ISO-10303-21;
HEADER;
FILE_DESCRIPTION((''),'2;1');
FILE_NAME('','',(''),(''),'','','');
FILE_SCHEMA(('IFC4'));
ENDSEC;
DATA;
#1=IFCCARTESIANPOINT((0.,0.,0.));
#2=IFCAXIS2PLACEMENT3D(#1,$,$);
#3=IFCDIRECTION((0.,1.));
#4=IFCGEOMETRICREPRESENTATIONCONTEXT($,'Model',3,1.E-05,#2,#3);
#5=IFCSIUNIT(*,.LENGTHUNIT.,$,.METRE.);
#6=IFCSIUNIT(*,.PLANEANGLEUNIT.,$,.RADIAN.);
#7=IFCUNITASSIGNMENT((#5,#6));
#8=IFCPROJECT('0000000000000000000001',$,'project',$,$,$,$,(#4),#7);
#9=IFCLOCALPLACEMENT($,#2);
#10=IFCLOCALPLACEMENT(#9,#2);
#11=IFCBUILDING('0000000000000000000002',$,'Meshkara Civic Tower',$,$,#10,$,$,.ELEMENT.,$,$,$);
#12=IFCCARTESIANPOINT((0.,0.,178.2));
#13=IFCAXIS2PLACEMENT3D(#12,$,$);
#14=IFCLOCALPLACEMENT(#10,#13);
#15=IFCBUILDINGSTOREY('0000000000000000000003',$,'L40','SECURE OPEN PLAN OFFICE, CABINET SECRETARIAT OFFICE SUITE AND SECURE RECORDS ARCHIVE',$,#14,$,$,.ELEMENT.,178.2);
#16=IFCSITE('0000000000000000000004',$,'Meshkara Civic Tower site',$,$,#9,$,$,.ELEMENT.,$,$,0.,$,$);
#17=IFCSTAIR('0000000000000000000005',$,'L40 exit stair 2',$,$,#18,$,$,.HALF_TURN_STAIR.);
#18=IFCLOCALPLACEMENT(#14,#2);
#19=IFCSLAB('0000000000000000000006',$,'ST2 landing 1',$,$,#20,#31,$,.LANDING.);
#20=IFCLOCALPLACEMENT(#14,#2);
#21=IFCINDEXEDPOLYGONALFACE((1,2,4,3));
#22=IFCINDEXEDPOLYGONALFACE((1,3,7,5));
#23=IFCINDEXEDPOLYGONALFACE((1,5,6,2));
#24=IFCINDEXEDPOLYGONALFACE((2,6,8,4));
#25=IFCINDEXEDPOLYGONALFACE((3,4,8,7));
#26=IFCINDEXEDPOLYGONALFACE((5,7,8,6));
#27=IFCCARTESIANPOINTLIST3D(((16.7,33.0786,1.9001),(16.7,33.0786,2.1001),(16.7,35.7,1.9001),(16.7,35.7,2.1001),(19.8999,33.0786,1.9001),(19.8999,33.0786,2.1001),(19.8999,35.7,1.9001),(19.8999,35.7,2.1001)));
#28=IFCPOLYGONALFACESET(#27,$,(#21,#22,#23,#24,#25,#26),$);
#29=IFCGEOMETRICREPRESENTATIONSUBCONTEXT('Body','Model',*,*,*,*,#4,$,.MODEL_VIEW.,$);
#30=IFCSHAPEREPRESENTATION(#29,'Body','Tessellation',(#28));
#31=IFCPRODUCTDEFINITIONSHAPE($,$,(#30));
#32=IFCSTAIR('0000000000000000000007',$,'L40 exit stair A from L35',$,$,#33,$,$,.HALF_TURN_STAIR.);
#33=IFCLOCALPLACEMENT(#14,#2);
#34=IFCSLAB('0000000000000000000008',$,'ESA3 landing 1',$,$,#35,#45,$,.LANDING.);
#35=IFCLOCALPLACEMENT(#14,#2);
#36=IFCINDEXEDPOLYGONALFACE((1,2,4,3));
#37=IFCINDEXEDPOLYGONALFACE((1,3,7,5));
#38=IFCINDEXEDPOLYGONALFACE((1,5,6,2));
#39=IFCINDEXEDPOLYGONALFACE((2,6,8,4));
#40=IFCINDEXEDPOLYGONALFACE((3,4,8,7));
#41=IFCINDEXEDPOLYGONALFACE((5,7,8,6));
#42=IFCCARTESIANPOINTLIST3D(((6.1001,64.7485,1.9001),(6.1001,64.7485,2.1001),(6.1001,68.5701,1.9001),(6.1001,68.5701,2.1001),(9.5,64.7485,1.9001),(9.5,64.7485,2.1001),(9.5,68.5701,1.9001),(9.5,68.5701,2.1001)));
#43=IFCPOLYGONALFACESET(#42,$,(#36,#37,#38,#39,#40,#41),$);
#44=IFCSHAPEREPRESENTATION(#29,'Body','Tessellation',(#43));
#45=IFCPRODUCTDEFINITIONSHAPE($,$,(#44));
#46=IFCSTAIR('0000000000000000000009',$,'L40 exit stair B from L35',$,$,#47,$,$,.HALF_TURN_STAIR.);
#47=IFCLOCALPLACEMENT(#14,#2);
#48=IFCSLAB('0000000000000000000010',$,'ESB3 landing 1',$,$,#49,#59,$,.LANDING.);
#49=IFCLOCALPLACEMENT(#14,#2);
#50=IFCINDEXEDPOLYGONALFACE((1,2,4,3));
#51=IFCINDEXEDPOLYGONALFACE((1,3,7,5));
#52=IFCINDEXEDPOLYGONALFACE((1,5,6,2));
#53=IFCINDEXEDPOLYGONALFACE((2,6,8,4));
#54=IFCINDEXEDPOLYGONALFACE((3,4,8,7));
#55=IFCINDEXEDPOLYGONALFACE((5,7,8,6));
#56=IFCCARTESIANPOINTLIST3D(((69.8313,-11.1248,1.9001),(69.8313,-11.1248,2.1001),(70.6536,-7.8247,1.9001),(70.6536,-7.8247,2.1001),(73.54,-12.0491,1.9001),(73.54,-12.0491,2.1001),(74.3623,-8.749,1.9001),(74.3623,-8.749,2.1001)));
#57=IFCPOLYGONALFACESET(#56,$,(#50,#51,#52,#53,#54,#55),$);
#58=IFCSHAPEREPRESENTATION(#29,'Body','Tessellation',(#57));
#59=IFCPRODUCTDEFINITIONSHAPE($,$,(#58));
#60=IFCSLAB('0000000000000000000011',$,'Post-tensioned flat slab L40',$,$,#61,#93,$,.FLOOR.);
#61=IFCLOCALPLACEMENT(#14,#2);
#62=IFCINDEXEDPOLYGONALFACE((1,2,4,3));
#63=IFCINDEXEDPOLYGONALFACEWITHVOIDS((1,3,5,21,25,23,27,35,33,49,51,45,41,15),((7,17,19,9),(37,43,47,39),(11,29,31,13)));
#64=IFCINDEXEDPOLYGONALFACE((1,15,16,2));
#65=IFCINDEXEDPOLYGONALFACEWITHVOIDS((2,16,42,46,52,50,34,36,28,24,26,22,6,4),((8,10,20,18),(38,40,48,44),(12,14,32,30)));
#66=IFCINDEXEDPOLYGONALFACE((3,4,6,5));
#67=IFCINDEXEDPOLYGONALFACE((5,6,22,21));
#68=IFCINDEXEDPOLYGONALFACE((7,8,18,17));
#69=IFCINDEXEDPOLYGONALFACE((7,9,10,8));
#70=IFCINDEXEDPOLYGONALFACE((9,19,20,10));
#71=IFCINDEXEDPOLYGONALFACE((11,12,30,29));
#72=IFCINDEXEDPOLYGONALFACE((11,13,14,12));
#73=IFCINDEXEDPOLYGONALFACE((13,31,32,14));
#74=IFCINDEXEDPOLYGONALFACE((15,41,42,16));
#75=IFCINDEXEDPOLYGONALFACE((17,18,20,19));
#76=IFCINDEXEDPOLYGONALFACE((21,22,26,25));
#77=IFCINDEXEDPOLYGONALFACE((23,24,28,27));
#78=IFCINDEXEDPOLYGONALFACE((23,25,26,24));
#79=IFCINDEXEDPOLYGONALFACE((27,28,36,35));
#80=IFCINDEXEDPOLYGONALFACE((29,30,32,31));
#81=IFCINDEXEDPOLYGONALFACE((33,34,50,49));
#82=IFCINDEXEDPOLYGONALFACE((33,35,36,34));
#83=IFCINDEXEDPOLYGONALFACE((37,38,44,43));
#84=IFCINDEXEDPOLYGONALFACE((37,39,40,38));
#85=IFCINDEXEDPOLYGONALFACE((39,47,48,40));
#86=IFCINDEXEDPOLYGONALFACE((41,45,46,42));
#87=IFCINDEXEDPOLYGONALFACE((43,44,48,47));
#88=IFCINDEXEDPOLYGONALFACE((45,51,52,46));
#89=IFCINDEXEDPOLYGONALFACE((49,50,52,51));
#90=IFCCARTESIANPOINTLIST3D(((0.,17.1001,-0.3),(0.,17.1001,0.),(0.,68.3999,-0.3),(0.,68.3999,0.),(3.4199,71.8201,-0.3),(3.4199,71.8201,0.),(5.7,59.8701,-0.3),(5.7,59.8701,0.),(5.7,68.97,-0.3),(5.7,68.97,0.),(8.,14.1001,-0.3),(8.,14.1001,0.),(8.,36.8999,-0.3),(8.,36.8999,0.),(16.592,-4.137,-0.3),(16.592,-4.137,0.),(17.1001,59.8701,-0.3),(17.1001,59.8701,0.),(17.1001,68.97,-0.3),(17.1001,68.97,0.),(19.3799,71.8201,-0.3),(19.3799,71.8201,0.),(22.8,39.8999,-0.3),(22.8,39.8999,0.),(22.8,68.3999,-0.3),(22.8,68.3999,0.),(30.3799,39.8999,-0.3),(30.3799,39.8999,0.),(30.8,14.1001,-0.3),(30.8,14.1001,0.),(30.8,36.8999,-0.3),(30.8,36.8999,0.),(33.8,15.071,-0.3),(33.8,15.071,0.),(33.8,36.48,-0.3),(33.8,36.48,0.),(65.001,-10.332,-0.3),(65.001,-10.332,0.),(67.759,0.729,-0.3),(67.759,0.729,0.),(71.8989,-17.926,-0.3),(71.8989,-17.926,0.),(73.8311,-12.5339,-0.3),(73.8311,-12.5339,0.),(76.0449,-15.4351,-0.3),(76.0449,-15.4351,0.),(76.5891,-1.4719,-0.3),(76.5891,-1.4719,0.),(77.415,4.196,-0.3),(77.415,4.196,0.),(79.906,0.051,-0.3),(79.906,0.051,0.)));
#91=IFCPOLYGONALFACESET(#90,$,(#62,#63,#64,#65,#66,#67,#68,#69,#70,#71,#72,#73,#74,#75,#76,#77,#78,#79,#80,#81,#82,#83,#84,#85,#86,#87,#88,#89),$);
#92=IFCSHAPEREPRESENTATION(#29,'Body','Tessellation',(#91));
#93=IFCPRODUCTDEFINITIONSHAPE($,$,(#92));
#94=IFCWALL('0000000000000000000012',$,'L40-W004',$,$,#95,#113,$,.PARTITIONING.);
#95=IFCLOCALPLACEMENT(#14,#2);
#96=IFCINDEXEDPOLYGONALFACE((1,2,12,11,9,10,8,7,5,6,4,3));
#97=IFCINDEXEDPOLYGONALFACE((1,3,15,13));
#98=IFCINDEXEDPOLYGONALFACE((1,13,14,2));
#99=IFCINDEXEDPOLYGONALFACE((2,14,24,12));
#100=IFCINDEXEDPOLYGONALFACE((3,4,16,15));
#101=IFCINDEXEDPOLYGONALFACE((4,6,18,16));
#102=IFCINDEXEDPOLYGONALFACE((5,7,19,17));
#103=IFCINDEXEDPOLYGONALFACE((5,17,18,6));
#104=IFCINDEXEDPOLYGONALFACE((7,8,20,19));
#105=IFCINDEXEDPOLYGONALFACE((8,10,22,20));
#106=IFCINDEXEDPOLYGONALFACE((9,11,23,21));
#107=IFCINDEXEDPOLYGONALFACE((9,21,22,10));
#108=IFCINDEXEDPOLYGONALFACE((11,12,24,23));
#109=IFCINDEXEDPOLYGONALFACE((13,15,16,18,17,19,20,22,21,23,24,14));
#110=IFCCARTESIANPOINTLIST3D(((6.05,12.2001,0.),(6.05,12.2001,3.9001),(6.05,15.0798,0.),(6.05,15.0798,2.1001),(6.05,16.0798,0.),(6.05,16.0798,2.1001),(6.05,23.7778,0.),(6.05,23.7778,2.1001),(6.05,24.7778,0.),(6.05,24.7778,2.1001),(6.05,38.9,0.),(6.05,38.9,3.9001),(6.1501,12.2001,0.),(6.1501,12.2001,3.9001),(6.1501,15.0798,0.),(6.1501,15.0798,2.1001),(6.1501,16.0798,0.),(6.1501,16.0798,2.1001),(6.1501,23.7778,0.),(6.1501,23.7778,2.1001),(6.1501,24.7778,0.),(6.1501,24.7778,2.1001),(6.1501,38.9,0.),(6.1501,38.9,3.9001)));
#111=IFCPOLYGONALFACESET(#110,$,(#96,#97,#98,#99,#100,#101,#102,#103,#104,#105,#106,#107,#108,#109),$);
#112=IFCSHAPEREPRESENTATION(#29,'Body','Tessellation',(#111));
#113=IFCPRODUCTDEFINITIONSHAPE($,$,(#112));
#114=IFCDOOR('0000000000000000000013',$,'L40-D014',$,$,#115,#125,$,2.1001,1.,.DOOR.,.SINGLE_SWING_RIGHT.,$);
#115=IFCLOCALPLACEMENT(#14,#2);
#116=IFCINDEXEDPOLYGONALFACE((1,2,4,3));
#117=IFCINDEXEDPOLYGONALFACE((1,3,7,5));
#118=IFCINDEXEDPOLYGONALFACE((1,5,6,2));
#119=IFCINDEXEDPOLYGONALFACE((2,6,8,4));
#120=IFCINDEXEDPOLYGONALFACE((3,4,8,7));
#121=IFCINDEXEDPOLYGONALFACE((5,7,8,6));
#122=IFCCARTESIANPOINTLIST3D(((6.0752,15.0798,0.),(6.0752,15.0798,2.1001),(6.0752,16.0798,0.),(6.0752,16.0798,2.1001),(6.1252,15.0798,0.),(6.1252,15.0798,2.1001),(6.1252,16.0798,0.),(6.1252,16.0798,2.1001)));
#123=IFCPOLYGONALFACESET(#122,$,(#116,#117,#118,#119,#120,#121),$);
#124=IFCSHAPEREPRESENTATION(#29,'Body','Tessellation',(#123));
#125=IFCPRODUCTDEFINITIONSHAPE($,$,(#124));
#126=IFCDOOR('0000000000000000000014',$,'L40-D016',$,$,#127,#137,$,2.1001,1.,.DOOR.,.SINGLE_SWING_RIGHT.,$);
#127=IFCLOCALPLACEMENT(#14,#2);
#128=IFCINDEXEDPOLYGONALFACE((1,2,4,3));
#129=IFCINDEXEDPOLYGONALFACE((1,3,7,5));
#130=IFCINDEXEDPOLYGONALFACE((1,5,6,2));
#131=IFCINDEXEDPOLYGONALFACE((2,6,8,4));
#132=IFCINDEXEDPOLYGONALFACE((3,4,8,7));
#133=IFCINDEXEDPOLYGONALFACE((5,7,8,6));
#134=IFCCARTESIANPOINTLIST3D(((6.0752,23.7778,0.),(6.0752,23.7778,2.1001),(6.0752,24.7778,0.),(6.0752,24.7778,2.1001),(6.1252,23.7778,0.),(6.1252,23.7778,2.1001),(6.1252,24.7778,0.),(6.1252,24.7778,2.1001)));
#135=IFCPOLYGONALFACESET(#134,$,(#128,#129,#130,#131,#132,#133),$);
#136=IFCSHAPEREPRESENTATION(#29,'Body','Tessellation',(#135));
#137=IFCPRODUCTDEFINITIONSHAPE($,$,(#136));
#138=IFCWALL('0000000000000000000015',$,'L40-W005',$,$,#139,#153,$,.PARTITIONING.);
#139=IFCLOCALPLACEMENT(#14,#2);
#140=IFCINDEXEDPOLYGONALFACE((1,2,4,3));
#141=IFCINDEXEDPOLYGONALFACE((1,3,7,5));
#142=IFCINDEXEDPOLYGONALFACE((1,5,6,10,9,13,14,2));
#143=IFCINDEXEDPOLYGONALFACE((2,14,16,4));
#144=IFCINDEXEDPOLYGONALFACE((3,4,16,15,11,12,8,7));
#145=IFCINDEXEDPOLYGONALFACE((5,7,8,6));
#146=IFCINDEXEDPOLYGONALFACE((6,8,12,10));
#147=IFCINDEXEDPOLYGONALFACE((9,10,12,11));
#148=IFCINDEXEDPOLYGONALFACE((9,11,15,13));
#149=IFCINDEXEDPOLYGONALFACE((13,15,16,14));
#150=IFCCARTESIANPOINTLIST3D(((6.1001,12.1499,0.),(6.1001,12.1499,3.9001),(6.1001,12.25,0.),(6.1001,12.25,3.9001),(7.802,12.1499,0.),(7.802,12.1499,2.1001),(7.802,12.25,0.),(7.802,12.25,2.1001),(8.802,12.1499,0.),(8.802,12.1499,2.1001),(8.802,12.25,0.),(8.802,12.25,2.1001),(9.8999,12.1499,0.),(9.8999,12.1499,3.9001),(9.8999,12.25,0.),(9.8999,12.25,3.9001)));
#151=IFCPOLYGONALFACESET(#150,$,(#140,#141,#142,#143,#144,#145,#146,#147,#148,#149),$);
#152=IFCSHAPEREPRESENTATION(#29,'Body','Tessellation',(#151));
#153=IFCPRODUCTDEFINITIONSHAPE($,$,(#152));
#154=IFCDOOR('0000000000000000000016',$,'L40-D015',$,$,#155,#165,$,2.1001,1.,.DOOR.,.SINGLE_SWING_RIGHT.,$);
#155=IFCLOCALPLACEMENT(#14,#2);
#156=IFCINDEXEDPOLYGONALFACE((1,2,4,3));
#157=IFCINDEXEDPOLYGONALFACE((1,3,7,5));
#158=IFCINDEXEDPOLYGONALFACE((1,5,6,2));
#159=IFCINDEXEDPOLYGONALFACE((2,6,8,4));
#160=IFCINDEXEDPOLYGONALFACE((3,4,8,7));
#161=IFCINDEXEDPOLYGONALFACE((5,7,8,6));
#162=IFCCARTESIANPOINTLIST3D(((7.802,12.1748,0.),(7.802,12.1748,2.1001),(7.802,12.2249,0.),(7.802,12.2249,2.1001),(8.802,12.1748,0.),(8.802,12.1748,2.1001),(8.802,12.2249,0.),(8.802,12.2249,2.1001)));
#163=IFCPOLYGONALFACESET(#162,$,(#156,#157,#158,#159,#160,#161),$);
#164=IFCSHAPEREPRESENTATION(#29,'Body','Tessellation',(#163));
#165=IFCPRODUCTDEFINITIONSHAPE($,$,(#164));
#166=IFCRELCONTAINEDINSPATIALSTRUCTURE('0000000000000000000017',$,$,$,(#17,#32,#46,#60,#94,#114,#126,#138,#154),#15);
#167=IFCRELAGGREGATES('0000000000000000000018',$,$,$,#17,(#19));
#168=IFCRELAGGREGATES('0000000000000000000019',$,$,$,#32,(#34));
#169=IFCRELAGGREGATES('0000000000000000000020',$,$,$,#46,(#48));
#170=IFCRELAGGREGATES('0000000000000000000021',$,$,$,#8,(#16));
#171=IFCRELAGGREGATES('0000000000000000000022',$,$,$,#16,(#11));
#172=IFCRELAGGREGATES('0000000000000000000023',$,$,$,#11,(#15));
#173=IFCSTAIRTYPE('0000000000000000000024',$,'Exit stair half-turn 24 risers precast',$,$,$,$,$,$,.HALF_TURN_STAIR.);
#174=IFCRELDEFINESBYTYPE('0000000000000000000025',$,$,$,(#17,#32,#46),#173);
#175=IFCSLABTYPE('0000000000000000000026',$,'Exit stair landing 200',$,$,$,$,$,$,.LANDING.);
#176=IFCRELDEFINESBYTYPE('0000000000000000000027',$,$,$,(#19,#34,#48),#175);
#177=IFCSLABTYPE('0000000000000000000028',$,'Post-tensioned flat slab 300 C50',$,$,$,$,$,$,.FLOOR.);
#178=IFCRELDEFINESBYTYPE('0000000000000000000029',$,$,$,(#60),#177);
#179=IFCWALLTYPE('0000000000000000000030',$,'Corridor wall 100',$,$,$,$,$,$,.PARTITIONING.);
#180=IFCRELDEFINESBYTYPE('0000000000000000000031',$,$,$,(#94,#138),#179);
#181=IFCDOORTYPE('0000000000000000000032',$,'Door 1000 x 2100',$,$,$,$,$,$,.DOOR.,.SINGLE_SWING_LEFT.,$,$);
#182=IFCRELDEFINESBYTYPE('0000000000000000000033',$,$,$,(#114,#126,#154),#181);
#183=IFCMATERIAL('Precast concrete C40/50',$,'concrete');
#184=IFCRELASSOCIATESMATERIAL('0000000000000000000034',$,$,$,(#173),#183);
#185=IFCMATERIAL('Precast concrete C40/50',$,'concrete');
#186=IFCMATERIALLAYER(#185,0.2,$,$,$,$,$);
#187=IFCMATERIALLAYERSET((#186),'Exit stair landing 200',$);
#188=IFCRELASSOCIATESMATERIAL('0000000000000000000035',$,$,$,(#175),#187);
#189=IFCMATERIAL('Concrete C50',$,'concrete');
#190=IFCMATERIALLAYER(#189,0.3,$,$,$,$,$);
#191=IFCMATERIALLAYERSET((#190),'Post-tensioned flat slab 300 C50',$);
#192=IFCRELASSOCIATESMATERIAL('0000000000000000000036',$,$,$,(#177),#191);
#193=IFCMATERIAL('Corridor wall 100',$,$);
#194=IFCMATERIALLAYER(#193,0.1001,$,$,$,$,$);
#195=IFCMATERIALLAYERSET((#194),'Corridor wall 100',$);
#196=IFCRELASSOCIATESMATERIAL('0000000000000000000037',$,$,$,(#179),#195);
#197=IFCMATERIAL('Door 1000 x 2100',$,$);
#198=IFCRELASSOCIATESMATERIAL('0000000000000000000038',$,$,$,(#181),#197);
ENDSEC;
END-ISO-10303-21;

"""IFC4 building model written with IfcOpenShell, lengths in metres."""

from ifc_helpers import new_model, si_unit, direction, frame, frame_2d, origin, place, context, subcontext, project, spatial, polyline, rectangle, outline, extrude, material, layer, layer_set, type_object, element, fill, aggregate, save


model = new_model("IFC4")

# Units and contexts
model_context = context("Model", 3, precision=1e-05, world=origin(), true_north=direction((0.0, 1.0)))
body_context = subcontext(model_context, "Body", "Model", "MODEL_VIEW")
ifc_project = project(units=[si_unit("LENGTHUNIT", "METRE"), si_unit("PLANEANGLEUNIT", "RADIAN")], contexts=[model_context])

# Site, building, storey
site_placement = place(None, origin())
site = spatial("IfcSite", under=ifc_project, at=site_placement, Name="Meshkara Civic Tower site", CompositionType="ELEMENT", RefElevation=0.0)
building_placement = place(site_placement, origin())
building = spatial("IfcBuilding", under=site, at=building_placement, Name="Meshkara Civic Tower", CompositionType="ELEMENT")
storey_placement = place(building_placement, frame((0.0, 0.0, 178.2)))
storey = spatial("IfcBuildingStorey", under=building, at=storey_placement, Name="L40", Description="SECURE OPEN PLAN OFFICE, CABINET SECRETARIAT OFFICE SUITE AND SECURE RECORDS ARCHIVE", CompositionType="ELEMENT", Elevation=178.2)

# Stairs, slabs
ifc_material_1 = material(Name="Precast concrete C40/50", Category="concrete")
stair_type = type_object("IfcStairType", Name="Exit stair half-turn 24 risers precast", PredefinedType="HALF_TURN_STAIR", material=ifc_material_1)
ifc_material_2 = material(Name="Precast concrete C40/50", Category="concrete")
ifc_layer_1 = layer(ifc_material_2, 0.2)
ifc_layer_set_1 = layer_set([ifc_layer_1], Name="Exit stair landing 200")
slab_type_1 = type_object("IfcSlabType", Name="Exit stair landing 200", PredefinedType="LANDING", material=ifc_layer_set_1)
stair_1_placement = place(storey_placement, origin())
stair_1 = element("IfcStair", 1, at=stair_1_placement, inside=storey, type_object=stair_type, Name="L40 exit stair 2", PredefinedType="HALF_TURN_STAIR")
slab_1_placement = place(storey_placement, frame((0.0, 0.0, 1.9001)))
slab_1 = element("IfcSlab", 2, at=slab_1_placement, type_object=slab_type_1, Name="ST2 landing 1", PredefinedType="LANDING", context=body_context, shape_type="SweptSolid", body=[
    extrude(outline(polyline([(19.8999, 33.0786), (19.8999, 35.7), (16.7, 35.7), (16.7, 33.0786), (19.8999, 33.0786)])), origin(), (0.0, 0.0, 1.0), 0.2),
])
aggregate(stair_1, [slab_1])
stair_2_placement = place(storey_placement, origin())
stair_2 = element("IfcStair", 3, at=stair_2_placement, inside=storey, type_object=stair_type, Name="L40 exit stair A from L35", PredefinedType="HALF_TURN_STAIR")
slab_2_placement = place(storey_placement, frame((0.0, 0.0, 1.9001)))
slab_2 = element("IfcSlab", 4, at=slab_2_placement, type_object=slab_type_1, Name="ESA3 landing 1", PredefinedType="LANDING", context=body_context, shape_type="SweptSolid", body=[
    extrude(outline(polyline([(9.5, 64.7485), (9.5, 68.5701), (6.1001, 68.5701), (6.1001, 64.7485), (9.5, 64.7485)])), origin(), (0.0, 0.0, 1.0), 0.2),
])
aggregate(stair_2, [slab_2])
stair_3_placement = place(storey_placement, origin())
stair_3 = element("IfcStair", 5, at=stair_3_placement, inside=storey, type_object=stair_type, Name="L40 exit stair B from L35", PredefinedType="HALF_TURN_STAIR")
slab_3_placement = place(storey_placement, frame((0.0, 0.0, 1.9001)))
slab_3 = element("IfcSlab", 6, at=slab_3_placement, type_object=slab_type_1, Name="ESB3 landing 1", PredefinedType="LANDING", context=body_context, shape_type="SweptSolid", body=[
    extrude(outline(polyline([(69.8313, -11.1248), (73.54, -12.0491), (74.3623, -8.749), (70.6536, -7.8247), (69.8313, -11.1248)])), origin(), (0.0, 0.0, 1.0), 0.2),
])
aggregate(stair_3, [slab_3])

# Slab
ifc_material_3 = material(Name="Concrete C50", Category="concrete")
ifc_layer_2 = layer(ifc_material_3, 0.3)
ifc_layer_set_2 = layer_set([ifc_layer_2], Name="Post-tensioned flat slab 300 C50")
slab_type_2 = type_object("IfcSlabType", Name="Post-tensioned flat slab 300 C50", PredefinedType="FLOOR", material=ifc_layer_set_2)
slab_4_placement = place(storey_placement, frame((0.0, 0.0, -0.3)))
element("IfcSlab", 7, at=slab_4_placement, inside=storey, type_object=slab_type_2, Name="Post-tensioned flat slab L40", PredefinedType="FLOOR", context=body_context, shape_type="SweptSolid", body=[
    extrude(outline(polyline([(76.0449, -15.4351), (71.8989, -17.926), (16.592, -4.137), (0.0, 17.1001), (0.0, 68.3999), (3.4199, 71.8201), (19.3799, 71.8201), (22.8, 68.3999), (22.8, 39.8999), (30.3799, 39.8999), (33.8, 36.48), (33.8, 15.071), (77.415, 4.196), (79.906, 0.051), (76.0449, -15.4351)]), holes=[polyline([(73.8311, -12.5339), (76.5891, -1.4719), (67.759, 0.729), (65.001, -10.332), (73.8311, -12.5339)]), polyline([(8.0, 14.1001), (30.8, 14.1001), (30.8, 36.8999), (8.0, 36.8999), (8.0, 14.1001)]), polyline([(5.7, 68.97), (5.7, 59.8701), (17.1001, 59.8701), (17.1001, 68.97), (5.7, 68.97)])]), origin(), (0.0, 0.0, 1.0), 0.3),
])

# Wall, openings, doors
ifc_material_4 = material(Name="Corridor wall 100")
ifc_layer_3 = layer(ifc_material_4, 0.1001)
ifc_layer_set_3 = layer_set([ifc_layer_3], Name="Corridor wall 100")
wall_type_1 = type_object("IfcWallType", Name="Corridor wall 100", PredefinedType="PARTITIONING", material=ifc_layer_set_3)
wall_1_placement = place(storey_placement, frame((6.1001, 12.2, 0.0), z_axis=(0.0, 0.0, 1.0), x_axis=(0.0, 1.0, 0.0)))
wall_1 = element("IfcWall", 8, at=wall_1_placement, inside=storey, type_object=wall_type_1, Name="L40-W004", PredefinedType="PARTITIONING", context=body_context, shape_type="SweptSolid", body=[
    extrude(rectangle(XDim=26.7, YDim=0.1001, at=frame_2d((13.3501, 0.0))), origin(), (0.0, 0.0, 1.0), 3.9001),
])
opening_1_placement = place(wall_1_placement, frame((2.8799, 0.0, 0.0)))
opening_1 = element("IfcOpeningElement", 9, at=opening_1_placement, cuts=wall_1, PredefinedType="OPENING", context=body_context, shape_type="SweptSolid", body=[
    extrude(rectangle(XDim=1.0, YDim=2.1001, at=frame_2d((0.5, 1.05))), frame((0.0, 0.0601, 0.0), z_axis=(0.0, -1.0, 0.0), x_axis=(1.0, 0.0, 0.0)), (0.0, 0.0, 1.0), 0.1201),
])
opening_2_placement = place(wall_1_placement, frame((11.5779, 0.0, 0.0)))
opening_2 = element("IfcOpeningElement", 10, at=opening_2_placement, cuts=wall_1, PredefinedType="OPENING", context=body_context, shape_type="SweptSolid", body=[
    extrude(rectangle(XDim=1.0, YDim=2.1001, at=frame_2d((0.5, 1.05))), frame((0.0, 0.0601, 0.0), z_axis=(0.0, -1.0, 0.0), x_axis=(1.0, 0.0, 0.0)), (0.0, 0.0, 1.0), 0.1201),
])
ifc_material_5 = material(Name="Door 1000 x 2100")
door_type_1 = type_object("IfcDoorType", Name="Door 1000 x 2100", OperationType="SINGLE_SWING_LEFT", PredefinedType="DOOR", material=ifc_material_5)
door_1_placement = place(opening_1_placement, origin())
door_1 = element("IfcDoor", 11, at=door_1_placement, inside=storey, type_object=door_type_1, Name="L40-D014", OperationType="SINGLE_SWING_RIGHT", OverallHeight=2.1001, OverallWidth=1.0, PredefinedType="DOOR", context=body_context, shape_type="SweptSolid", body=[
    extrude(rectangle(XDim=1.0, YDim=2.1001, at=frame_2d((0.5, 1.05))), frame((0.0, 0.0249, 0.0), z_axis=(0.0, -1.0, 0.0), x_axis=(1.0, 0.0, 0.0)), (0.0, 0.0, 1.0), 0.05),
])
fill(opening_1, door_1)
door_2_placement = place(opening_2_placement, origin())
door_2 = element("IfcDoor", 12, at=door_2_placement, inside=storey, type_object=door_type_1, Name="L40-D016", OperationType="SINGLE_SWING_RIGHT", OverallHeight=2.1001, OverallWidth=1.0, PredefinedType="DOOR", context=body_context, shape_type="SweptSolid", body=[
    extrude(rectangle(XDim=1.0, YDim=2.1001, at=frame_2d((0.5, 1.05))), frame((0.0, 0.0249, 0.0), z_axis=(0.0, -1.0, 0.0), x_axis=(1.0, 0.0, 0.0)), (0.0, 0.0, 1.0), 0.05),
])
fill(opening_2, door_2)

# Wall, opening, door
wall_2_placement = place(storey_placement, frame((6.1001, 12.2, 0.0), z_axis=(0.0, 0.0, 1.0), x_axis=(1.0, 0.0, 0.0)))
wall_2 = element("IfcWall", 13, at=wall_2_placement, inside=storey, type_object=wall_type_1, Name="L40-W005", PredefinedType="PARTITIONING", context=body_context, shape_type="SweptSolid", body=[
    extrude(rectangle(XDim=3.7998, YDim=0.1001, at=frame_2d((1.8999, 0.0))), origin(), (0.0, 0.0, 1.0), 3.9001),
])
opening_3_placement = place(wall_2_placement, frame((1.7019, 0.0, 0.0)))
opening_3 = element("IfcOpeningElement", 14, at=opening_3_placement, cuts=wall_2, PredefinedType="OPENING", context=body_context, shape_type="SweptSolid", body=[
    extrude(rectangle(XDim=1.0, YDim=2.1001, at=frame_2d((0.5, 1.05))), frame((0.0, 0.0601, 0.0), z_axis=(0.0, -1.0, 0.0), x_axis=(1.0, 0.0, 0.0)), (0.0, 0.0, 1.0), 0.1201),
])
door_3_placement = place(opening_3_placement, origin())
door_3 = element("IfcDoor", 15, at=door_3_placement, inside=storey, type_object=door_type_1, Name="L40-D015", OperationType="SINGLE_SWING_RIGHT", OverallHeight=2.1001, OverallWidth=1.0, PredefinedType="DOOR", context=body_context, shape_type="SweptSolid", body=[
    extrude(rectangle(XDim=1.0, YDim=2.1001, at=frame_2d((0.5, 1.05))), frame((0.0, 0.0249, 0.0), z_axis=(0.0, -1.0, 0.0), x_axis=(1.0, 0.0, 0.0)), (0.0, 0.0, 1.0), 0.05),
])
fill(opening_3, door_3)

save(model, "model.ifc")
